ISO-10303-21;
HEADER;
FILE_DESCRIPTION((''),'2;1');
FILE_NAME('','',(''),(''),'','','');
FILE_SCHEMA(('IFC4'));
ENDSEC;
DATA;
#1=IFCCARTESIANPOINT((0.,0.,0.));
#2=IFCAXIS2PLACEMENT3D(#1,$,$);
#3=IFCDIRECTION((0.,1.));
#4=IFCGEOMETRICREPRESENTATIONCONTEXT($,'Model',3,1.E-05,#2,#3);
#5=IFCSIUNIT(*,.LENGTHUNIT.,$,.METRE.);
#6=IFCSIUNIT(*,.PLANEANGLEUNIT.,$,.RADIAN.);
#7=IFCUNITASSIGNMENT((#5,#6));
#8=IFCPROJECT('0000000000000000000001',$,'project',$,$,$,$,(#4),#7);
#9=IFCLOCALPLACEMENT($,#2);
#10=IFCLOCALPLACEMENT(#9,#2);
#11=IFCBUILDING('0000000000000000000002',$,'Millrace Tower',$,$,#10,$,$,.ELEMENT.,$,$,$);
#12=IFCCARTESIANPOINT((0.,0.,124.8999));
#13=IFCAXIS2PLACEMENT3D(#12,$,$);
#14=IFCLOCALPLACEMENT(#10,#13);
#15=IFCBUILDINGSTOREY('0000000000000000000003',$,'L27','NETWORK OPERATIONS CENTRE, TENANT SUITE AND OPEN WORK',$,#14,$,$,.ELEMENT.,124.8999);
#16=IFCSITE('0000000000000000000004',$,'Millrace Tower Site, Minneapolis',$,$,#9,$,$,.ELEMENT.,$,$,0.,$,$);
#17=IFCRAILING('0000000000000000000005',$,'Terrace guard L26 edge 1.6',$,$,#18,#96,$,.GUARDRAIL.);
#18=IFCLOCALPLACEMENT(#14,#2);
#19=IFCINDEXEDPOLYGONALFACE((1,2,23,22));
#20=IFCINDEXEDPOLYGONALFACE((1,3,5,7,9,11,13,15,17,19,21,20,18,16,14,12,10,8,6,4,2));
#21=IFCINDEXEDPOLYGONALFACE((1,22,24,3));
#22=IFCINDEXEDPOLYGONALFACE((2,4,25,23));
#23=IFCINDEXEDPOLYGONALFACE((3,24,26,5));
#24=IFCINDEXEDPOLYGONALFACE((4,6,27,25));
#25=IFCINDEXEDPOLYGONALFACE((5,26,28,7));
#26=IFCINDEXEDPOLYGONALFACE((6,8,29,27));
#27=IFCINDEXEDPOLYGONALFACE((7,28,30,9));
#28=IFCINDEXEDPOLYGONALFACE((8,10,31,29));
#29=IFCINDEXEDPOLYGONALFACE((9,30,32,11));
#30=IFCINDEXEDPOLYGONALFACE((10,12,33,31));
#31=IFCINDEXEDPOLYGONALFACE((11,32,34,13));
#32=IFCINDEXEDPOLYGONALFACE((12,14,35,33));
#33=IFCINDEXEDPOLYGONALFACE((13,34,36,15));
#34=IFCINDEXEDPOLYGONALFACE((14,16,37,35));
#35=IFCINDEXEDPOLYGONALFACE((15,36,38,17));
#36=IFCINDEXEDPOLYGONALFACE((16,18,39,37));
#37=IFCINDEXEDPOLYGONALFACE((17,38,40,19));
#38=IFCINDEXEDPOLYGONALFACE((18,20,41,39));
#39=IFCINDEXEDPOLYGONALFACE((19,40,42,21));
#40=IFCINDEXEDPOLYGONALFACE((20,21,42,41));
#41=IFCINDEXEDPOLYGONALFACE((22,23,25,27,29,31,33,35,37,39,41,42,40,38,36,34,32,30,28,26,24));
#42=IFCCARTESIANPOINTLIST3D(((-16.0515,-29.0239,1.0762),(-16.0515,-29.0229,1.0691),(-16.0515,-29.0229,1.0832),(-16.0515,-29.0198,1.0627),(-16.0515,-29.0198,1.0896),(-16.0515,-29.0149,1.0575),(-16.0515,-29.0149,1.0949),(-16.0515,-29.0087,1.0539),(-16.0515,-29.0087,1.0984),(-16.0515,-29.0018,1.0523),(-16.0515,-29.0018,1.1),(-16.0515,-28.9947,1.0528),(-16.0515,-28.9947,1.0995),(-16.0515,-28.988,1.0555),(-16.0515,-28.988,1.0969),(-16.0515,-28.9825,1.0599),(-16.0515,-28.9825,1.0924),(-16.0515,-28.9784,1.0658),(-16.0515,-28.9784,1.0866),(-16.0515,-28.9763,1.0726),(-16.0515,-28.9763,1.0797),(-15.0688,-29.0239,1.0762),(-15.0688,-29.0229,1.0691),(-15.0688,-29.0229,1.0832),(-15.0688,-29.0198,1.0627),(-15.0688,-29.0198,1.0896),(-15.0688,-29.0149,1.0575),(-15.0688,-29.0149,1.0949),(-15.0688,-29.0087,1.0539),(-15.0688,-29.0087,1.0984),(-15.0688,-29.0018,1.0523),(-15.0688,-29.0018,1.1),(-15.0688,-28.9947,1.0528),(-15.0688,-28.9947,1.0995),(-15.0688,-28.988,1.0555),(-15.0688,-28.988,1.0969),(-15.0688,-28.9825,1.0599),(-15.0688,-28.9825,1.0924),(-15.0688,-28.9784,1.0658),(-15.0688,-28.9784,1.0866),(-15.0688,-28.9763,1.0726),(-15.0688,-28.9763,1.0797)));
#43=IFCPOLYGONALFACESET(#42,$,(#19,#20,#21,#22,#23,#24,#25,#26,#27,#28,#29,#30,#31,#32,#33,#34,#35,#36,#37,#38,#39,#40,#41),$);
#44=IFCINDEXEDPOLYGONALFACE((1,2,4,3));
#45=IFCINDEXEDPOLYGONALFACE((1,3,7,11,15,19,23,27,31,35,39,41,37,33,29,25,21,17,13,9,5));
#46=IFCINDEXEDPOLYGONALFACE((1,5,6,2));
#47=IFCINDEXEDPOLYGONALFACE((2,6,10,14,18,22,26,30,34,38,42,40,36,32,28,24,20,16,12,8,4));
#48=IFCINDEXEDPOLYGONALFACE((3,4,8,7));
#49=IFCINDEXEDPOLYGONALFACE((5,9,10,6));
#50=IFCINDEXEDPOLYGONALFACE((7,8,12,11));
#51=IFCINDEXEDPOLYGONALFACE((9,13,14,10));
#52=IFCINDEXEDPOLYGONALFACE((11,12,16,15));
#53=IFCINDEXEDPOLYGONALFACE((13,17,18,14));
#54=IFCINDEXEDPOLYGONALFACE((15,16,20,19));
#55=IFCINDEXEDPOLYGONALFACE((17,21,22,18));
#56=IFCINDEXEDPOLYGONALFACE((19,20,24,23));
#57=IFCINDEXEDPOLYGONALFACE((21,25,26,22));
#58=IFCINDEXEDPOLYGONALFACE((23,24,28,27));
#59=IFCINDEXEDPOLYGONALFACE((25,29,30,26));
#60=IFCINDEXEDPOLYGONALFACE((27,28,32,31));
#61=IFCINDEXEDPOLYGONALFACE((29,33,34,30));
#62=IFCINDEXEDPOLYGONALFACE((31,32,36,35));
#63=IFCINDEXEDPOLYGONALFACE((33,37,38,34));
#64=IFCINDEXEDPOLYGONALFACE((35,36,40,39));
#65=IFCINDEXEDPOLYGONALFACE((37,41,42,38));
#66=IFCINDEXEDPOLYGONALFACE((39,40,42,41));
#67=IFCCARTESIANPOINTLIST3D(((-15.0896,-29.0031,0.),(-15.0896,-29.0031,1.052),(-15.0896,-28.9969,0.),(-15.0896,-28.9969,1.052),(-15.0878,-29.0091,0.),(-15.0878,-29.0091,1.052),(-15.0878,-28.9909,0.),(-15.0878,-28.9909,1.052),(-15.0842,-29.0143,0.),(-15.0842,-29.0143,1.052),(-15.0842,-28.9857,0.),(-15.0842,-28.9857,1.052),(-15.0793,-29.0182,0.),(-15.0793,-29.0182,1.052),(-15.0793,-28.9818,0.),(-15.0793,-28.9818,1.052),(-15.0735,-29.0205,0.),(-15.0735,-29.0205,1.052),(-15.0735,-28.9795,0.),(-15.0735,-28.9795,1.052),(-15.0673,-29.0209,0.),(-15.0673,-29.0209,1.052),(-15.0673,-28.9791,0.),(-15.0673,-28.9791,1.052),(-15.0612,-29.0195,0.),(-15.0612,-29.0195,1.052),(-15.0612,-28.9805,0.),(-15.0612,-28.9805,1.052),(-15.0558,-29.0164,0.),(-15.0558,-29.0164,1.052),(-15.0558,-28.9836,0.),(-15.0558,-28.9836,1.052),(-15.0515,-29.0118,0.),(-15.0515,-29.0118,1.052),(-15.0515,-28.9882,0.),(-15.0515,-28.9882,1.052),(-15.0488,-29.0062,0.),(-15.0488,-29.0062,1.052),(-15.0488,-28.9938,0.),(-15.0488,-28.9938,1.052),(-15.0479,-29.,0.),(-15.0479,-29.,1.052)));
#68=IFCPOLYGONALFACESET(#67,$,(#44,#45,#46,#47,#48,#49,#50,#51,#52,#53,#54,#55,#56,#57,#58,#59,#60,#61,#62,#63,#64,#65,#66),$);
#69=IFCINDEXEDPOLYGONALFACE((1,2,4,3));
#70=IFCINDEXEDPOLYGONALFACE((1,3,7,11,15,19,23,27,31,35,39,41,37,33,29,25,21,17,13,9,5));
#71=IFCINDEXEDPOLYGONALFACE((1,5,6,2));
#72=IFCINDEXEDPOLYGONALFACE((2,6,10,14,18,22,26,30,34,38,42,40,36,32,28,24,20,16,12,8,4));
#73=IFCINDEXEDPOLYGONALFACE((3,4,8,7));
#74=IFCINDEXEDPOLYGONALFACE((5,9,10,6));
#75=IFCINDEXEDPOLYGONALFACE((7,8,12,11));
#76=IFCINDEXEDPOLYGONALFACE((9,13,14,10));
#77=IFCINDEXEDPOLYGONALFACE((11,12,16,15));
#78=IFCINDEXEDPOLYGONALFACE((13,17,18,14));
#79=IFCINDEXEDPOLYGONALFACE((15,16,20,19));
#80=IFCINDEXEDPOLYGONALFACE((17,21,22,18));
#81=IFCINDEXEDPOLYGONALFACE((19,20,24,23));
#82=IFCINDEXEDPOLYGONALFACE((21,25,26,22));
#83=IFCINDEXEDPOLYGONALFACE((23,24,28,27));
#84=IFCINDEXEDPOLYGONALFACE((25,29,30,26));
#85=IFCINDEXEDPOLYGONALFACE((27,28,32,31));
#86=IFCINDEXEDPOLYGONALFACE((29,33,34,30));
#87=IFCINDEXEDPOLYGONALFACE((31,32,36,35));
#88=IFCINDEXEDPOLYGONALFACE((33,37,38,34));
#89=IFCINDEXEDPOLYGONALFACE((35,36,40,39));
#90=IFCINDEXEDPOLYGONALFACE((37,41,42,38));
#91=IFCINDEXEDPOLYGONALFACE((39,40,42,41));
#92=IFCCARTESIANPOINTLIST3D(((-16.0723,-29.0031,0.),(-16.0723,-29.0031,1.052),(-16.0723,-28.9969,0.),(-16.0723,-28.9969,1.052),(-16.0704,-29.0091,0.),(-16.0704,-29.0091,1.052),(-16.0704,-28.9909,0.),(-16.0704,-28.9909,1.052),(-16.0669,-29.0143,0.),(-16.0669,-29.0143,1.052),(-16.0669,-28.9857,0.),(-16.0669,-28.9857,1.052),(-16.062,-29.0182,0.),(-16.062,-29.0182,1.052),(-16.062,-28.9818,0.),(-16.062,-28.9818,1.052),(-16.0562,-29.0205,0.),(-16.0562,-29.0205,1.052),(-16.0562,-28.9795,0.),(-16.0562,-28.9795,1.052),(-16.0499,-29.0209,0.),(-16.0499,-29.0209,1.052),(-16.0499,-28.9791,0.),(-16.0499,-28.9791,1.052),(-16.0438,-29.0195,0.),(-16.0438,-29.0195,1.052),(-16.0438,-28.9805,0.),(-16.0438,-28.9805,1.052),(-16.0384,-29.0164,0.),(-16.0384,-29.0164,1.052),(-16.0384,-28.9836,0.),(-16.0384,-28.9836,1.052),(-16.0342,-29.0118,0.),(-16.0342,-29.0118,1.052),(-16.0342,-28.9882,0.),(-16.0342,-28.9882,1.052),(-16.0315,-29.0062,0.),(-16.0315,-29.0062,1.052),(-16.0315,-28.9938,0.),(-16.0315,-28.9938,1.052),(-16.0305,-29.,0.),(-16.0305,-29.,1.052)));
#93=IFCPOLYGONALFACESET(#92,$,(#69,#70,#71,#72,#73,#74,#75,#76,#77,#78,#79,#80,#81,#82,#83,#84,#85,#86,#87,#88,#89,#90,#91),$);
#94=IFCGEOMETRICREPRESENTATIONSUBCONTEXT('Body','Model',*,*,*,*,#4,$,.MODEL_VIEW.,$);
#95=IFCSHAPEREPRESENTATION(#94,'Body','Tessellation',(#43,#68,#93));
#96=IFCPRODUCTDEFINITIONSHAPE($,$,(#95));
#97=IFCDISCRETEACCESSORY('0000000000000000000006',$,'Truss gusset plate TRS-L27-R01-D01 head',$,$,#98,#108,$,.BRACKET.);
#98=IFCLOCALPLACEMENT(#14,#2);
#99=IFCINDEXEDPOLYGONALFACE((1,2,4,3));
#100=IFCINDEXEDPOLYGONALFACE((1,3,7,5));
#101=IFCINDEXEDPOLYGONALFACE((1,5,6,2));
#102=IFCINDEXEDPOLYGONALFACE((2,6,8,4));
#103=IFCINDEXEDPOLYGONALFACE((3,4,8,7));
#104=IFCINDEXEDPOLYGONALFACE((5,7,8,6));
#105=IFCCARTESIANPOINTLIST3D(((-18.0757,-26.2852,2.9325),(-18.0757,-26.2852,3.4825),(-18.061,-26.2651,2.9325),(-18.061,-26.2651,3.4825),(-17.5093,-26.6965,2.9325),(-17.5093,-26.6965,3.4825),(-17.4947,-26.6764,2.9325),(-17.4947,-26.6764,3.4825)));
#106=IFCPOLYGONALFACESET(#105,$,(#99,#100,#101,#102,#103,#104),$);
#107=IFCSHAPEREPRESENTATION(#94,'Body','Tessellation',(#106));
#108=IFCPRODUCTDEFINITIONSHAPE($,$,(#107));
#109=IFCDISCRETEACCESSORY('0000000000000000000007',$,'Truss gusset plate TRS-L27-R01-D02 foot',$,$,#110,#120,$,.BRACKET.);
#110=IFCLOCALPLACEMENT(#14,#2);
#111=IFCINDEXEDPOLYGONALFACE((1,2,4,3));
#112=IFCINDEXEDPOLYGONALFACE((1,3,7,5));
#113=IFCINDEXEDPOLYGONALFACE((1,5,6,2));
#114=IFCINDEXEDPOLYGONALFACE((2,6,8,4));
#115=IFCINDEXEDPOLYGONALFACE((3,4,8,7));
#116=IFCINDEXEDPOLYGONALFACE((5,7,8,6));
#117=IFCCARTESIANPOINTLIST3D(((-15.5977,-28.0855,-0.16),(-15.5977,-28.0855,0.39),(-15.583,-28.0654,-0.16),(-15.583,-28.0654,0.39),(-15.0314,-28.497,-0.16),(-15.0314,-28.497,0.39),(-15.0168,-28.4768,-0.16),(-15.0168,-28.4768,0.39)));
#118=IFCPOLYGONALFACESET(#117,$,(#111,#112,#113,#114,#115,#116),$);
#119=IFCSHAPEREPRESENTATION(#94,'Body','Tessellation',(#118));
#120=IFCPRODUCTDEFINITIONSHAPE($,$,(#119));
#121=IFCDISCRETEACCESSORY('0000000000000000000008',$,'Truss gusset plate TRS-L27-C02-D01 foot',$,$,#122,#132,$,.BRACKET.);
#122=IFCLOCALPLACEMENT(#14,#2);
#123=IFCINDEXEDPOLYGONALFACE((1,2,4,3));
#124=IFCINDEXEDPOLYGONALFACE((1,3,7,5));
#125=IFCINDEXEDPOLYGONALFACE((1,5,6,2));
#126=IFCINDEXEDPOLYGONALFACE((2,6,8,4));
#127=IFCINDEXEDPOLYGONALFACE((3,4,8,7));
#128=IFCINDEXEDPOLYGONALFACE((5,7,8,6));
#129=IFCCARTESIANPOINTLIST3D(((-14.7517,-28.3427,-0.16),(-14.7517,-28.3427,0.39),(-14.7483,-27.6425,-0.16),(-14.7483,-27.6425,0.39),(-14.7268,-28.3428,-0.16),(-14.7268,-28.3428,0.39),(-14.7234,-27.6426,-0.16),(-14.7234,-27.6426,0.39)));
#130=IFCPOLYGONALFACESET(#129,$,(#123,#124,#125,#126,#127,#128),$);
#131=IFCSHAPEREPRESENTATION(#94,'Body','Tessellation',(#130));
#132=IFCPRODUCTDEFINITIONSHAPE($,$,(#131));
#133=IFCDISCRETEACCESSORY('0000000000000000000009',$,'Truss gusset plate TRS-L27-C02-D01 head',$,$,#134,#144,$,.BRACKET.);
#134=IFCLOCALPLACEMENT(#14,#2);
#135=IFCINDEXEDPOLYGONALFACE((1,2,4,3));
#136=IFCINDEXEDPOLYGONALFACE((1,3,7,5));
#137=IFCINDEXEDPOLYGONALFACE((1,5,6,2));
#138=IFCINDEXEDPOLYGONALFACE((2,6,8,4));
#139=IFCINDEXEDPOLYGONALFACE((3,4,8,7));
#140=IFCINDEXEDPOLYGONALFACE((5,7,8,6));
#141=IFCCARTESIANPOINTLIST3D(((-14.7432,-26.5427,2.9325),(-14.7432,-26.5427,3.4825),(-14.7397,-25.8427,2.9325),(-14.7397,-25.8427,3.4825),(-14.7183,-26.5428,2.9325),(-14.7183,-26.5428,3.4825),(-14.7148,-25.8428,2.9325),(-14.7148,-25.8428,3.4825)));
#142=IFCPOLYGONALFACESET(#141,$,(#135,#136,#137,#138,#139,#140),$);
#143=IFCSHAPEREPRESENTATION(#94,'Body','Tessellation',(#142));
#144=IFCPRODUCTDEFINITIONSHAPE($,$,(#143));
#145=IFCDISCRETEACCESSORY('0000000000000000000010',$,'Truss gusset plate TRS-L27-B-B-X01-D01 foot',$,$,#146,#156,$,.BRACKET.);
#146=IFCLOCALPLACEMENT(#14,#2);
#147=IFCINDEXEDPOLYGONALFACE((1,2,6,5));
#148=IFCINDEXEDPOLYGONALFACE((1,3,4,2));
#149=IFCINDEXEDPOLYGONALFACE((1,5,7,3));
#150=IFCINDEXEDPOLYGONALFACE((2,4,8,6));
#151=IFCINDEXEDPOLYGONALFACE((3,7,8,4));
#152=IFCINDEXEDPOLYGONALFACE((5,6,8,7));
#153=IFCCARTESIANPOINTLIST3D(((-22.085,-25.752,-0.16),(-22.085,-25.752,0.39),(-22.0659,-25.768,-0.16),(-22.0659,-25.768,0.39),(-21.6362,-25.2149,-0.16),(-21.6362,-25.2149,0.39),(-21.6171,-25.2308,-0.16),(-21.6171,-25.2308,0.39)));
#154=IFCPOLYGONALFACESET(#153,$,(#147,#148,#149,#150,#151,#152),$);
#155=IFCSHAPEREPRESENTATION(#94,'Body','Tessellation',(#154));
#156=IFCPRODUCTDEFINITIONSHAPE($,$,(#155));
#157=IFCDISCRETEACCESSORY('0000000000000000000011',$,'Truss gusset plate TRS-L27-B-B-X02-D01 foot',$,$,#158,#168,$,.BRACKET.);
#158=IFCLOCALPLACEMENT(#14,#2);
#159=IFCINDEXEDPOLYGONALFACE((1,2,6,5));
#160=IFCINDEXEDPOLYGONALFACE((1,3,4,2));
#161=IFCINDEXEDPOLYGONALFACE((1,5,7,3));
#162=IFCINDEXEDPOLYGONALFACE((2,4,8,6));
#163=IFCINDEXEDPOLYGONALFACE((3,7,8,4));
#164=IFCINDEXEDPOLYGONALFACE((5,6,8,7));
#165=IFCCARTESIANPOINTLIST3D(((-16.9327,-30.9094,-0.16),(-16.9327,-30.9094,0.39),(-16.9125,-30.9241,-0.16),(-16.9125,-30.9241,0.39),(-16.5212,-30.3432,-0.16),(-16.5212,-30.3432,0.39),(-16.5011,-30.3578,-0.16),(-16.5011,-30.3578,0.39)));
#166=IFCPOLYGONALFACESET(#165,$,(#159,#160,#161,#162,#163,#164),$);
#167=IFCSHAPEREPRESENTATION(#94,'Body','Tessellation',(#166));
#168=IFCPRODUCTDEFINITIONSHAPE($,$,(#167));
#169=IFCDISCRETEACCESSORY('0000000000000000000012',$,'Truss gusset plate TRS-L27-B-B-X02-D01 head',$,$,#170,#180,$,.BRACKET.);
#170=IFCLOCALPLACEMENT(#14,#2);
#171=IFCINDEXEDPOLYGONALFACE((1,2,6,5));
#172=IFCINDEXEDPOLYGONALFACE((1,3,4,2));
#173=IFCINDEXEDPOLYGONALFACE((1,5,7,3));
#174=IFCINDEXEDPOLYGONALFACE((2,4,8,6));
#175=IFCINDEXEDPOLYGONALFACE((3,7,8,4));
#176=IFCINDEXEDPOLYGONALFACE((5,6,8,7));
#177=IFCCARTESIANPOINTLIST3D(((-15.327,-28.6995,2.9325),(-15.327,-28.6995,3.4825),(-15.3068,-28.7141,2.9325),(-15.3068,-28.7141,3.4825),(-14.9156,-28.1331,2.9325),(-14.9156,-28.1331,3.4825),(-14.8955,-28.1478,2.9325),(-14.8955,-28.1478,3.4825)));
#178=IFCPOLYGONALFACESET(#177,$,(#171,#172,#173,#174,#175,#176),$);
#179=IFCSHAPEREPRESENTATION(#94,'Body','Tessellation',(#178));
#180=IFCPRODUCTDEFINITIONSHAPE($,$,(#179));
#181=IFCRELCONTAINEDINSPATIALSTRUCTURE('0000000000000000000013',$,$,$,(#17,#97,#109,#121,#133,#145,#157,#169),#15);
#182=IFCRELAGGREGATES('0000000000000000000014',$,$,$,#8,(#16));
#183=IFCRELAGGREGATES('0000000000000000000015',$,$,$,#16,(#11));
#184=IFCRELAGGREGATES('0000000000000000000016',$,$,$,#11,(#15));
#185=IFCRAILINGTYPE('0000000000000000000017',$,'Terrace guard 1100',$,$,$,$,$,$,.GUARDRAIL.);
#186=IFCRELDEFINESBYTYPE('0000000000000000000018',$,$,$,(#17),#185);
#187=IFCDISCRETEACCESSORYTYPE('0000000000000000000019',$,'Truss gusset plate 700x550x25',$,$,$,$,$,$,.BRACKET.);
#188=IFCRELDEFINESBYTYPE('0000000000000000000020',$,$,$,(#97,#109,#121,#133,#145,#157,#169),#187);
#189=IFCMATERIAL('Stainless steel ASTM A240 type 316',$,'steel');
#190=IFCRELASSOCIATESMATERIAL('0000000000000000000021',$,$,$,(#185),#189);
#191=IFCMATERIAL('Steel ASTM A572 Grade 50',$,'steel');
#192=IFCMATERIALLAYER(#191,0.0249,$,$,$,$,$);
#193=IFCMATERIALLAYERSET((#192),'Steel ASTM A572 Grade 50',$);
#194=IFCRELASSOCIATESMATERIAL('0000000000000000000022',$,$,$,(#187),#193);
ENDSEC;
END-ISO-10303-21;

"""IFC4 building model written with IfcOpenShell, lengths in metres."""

from ifc_helpers import new_model, si_unit, direction, frame, origin, origin_2d, place, context, subcontext, project, spatial, rectangle, circle, extrude, material, layer, layer_set, type_object, element, save


model = new_model("IFC4")

# Units and contexts
model_context = context("Model", 3, precision=1e-05, world=origin(), true_north=direction((0.0, 1.0)))
body_context = subcontext(model_context, "Body", "Model", "MODEL_VIEW")
ifc_project = project(units=[si_unit("LENGTHUNIT", "METRE"), si_unit("PLANEANGLEUNIT", "RADIAN")], contexts=[model_context])

# Site, building, storey
site_placement = place(None, origin())
site = spatial("IfcSite", under=ifc_project, at=site_placement, Name="Millrace Tower Site, Minneapolis", CompositionType="ELEMENT", RefElevation=0.0)
building_placement = place(site_placement, origin())
building = spatial("IfcBuilding", under=site, at=building_placement, Name="Millrace Tower", CompositionType="ELEMENT")
storey_placement = place(building_placement, frame((0.0, 0.0, 124.8999)))
storey = spatial("IfcBuildingStorey", under=building, at=storey_placement, Name="L27", Description="NETWORK OPERATIONS CENTRE, TENANT SUITE AND OPEN WORK", CompositionType="ELEMENT", Elevation=124.8999)

# Railing
ifc_material_1 = material(Name="Stainless steel ASTM A240 type 316", Category="steel")
railing_type = type_object("IfcRailingType", Name="Terrace guard 1100", PredefinedType="GUARDRAIL", material=ifc_material_1)
railing_1_placement = place(storey_placement, frame((-15.0688, -29.0, 0.0)))
element("IfcRailing", 1, at=railing_1_placement, inside=storey, type_object=railing_type, Name="Terrace guard L26 edge 1.6", PredefinedType="GUARDRAIL", context=body_context, shape_type="SweptSolid", body=[
    extrude(circle(Radius=0.0239, at=origin_2d()), frame((0.0, 0.0, 1.0762), z_axis=(-1.0, 0.0, 0.0), x_axis=(0.0, -1.0, 0.0)), (0.0, 0.0, 1.0), 0.9827),
    extrude(circle(Radius=0.021, at=origin_2d()), origin(), (0.0, 0.0, 1.0), 1.052),
    extrude(circle(Radius=0.021, at=origin_2d()), frame((-0.9827, 0.0, 0.0)), (0.0, 0.0, 1.0), 1.052),
])

# Discrete accessories
ifc_material_2 = material(Name="Steel ASTM A572 Grade 50", Category="steel")
ifc_layer_1 = layer(ifc_material_2, 0.0249)
ifc_layer_set_1 = layer_set([ifc_layer_1], Name="Steel ASTM A572 Grade 50")
discrete_accessory_type = type_object("IfcDiscreteAccessoryType", Name="Truss gusset plate 700x550x25", PredefinedType="BRACKET", material=ifc_layer_set_1)
for number, where, z_axis, x_axis, name in (
    (2, (-18.0684, -26.2751, 3.2075), (0.809113, -0.587653, 0.0), (0.587653, 0.809113, 0.0), "Truss gusset plate TRS-L27-R01-D01 head"),
    (3, (-15.5903, -28.0754, 0.115), (0.808992, -0.587819, 0.0), (0.587819, 0.808992, 0.0), "Truss gusset plate TRS-L27-R01-D02 foot"),
):
    element("IfcDiscreteAccessory", number, at=place(storey_placement, frame(where, z_axis=z_axis, x_axis=x_axis)), inside=storey, type_object=discrete_accessory_type, Name=name, PredefinedType="BRACKET", context=body_context, shape_type="SweptSolid", body=[
        extrude(rectangle(XDim=0.0249, YDim=0.55, at=origin_2d()), origin(), (0.0, 0.0, 1.0), 0.7),
    ])
discrete_accessory_placement = place(storey_placement, frame((-14.7393, -28.3428, 0.115), z_axis=(0.004881, 0.999988, 0.0), x_axis=(-0.999988, 0.004881, 0.0)))
element("IfcDiscreteAccessory", 4, at=discrete_accessory_placement, inside=storey, type_object=discrete_accessory_type, Name="Truss gusset plate TRS-L27-C02-D01 foot", PredefinedType="BRACKET", context=body_context, shape_type="SweptSolid", body=[
    extrude(rectangle(XDim=0.0249, YDim=0.55, at=origin_2d()), origin(), (0.0, 0.0, 1.0), 0.7002),
])
for number, where, z_axis, x_axis, name in (
    (5, (-14.7307, -26.5427, 3.2075), (0.004883, 0.999988, 0.0), (-0.999988, 0.004883, 0.0), "Truss gusset plate TRS-L27-C02-D01 head"),
    (6, (-22.0754, -25.76, 0.115), (0.641145, 0.76742, 0.0), (-0.76742, 0.641145, 0.0), "Truss gusset plate TRS-L27-B-B-X01-D01 foot"),
    (7, (-16.9226, -30.9167, 0.115), (0.587819, 0.808992, 0.0), (-0.808992, 0.587819, 0.0), "Truss gusset plate TRS-L27-B-B-X02-D01 foot"),
    (8, (-15.3169, -28.7068, 3.2075), (0.587653, 0.809113, 0.0), (-0.809113, 0.587653, 0.0), "Truss gusset plate TRS-L27-B-B-X02-D01 head"),
):
    element("IfcDiscreteAccessory", number, at=place(storey_placement, frame(where, z_axis=z_axis, x_axis=x_axis)), inside=storey, type_object=discrete_accessory_type, Name=name, PredefinedType="BRACKET", context=body_context, shape_type="SweptSolid", body=[
        extrude(rectangle(XDim=0.0249, YDim=0.55, at=origin_2d()), origin(), (0.0, 0.0, 1.0), 0.7),
    ])

save(model, "model.ifc")
